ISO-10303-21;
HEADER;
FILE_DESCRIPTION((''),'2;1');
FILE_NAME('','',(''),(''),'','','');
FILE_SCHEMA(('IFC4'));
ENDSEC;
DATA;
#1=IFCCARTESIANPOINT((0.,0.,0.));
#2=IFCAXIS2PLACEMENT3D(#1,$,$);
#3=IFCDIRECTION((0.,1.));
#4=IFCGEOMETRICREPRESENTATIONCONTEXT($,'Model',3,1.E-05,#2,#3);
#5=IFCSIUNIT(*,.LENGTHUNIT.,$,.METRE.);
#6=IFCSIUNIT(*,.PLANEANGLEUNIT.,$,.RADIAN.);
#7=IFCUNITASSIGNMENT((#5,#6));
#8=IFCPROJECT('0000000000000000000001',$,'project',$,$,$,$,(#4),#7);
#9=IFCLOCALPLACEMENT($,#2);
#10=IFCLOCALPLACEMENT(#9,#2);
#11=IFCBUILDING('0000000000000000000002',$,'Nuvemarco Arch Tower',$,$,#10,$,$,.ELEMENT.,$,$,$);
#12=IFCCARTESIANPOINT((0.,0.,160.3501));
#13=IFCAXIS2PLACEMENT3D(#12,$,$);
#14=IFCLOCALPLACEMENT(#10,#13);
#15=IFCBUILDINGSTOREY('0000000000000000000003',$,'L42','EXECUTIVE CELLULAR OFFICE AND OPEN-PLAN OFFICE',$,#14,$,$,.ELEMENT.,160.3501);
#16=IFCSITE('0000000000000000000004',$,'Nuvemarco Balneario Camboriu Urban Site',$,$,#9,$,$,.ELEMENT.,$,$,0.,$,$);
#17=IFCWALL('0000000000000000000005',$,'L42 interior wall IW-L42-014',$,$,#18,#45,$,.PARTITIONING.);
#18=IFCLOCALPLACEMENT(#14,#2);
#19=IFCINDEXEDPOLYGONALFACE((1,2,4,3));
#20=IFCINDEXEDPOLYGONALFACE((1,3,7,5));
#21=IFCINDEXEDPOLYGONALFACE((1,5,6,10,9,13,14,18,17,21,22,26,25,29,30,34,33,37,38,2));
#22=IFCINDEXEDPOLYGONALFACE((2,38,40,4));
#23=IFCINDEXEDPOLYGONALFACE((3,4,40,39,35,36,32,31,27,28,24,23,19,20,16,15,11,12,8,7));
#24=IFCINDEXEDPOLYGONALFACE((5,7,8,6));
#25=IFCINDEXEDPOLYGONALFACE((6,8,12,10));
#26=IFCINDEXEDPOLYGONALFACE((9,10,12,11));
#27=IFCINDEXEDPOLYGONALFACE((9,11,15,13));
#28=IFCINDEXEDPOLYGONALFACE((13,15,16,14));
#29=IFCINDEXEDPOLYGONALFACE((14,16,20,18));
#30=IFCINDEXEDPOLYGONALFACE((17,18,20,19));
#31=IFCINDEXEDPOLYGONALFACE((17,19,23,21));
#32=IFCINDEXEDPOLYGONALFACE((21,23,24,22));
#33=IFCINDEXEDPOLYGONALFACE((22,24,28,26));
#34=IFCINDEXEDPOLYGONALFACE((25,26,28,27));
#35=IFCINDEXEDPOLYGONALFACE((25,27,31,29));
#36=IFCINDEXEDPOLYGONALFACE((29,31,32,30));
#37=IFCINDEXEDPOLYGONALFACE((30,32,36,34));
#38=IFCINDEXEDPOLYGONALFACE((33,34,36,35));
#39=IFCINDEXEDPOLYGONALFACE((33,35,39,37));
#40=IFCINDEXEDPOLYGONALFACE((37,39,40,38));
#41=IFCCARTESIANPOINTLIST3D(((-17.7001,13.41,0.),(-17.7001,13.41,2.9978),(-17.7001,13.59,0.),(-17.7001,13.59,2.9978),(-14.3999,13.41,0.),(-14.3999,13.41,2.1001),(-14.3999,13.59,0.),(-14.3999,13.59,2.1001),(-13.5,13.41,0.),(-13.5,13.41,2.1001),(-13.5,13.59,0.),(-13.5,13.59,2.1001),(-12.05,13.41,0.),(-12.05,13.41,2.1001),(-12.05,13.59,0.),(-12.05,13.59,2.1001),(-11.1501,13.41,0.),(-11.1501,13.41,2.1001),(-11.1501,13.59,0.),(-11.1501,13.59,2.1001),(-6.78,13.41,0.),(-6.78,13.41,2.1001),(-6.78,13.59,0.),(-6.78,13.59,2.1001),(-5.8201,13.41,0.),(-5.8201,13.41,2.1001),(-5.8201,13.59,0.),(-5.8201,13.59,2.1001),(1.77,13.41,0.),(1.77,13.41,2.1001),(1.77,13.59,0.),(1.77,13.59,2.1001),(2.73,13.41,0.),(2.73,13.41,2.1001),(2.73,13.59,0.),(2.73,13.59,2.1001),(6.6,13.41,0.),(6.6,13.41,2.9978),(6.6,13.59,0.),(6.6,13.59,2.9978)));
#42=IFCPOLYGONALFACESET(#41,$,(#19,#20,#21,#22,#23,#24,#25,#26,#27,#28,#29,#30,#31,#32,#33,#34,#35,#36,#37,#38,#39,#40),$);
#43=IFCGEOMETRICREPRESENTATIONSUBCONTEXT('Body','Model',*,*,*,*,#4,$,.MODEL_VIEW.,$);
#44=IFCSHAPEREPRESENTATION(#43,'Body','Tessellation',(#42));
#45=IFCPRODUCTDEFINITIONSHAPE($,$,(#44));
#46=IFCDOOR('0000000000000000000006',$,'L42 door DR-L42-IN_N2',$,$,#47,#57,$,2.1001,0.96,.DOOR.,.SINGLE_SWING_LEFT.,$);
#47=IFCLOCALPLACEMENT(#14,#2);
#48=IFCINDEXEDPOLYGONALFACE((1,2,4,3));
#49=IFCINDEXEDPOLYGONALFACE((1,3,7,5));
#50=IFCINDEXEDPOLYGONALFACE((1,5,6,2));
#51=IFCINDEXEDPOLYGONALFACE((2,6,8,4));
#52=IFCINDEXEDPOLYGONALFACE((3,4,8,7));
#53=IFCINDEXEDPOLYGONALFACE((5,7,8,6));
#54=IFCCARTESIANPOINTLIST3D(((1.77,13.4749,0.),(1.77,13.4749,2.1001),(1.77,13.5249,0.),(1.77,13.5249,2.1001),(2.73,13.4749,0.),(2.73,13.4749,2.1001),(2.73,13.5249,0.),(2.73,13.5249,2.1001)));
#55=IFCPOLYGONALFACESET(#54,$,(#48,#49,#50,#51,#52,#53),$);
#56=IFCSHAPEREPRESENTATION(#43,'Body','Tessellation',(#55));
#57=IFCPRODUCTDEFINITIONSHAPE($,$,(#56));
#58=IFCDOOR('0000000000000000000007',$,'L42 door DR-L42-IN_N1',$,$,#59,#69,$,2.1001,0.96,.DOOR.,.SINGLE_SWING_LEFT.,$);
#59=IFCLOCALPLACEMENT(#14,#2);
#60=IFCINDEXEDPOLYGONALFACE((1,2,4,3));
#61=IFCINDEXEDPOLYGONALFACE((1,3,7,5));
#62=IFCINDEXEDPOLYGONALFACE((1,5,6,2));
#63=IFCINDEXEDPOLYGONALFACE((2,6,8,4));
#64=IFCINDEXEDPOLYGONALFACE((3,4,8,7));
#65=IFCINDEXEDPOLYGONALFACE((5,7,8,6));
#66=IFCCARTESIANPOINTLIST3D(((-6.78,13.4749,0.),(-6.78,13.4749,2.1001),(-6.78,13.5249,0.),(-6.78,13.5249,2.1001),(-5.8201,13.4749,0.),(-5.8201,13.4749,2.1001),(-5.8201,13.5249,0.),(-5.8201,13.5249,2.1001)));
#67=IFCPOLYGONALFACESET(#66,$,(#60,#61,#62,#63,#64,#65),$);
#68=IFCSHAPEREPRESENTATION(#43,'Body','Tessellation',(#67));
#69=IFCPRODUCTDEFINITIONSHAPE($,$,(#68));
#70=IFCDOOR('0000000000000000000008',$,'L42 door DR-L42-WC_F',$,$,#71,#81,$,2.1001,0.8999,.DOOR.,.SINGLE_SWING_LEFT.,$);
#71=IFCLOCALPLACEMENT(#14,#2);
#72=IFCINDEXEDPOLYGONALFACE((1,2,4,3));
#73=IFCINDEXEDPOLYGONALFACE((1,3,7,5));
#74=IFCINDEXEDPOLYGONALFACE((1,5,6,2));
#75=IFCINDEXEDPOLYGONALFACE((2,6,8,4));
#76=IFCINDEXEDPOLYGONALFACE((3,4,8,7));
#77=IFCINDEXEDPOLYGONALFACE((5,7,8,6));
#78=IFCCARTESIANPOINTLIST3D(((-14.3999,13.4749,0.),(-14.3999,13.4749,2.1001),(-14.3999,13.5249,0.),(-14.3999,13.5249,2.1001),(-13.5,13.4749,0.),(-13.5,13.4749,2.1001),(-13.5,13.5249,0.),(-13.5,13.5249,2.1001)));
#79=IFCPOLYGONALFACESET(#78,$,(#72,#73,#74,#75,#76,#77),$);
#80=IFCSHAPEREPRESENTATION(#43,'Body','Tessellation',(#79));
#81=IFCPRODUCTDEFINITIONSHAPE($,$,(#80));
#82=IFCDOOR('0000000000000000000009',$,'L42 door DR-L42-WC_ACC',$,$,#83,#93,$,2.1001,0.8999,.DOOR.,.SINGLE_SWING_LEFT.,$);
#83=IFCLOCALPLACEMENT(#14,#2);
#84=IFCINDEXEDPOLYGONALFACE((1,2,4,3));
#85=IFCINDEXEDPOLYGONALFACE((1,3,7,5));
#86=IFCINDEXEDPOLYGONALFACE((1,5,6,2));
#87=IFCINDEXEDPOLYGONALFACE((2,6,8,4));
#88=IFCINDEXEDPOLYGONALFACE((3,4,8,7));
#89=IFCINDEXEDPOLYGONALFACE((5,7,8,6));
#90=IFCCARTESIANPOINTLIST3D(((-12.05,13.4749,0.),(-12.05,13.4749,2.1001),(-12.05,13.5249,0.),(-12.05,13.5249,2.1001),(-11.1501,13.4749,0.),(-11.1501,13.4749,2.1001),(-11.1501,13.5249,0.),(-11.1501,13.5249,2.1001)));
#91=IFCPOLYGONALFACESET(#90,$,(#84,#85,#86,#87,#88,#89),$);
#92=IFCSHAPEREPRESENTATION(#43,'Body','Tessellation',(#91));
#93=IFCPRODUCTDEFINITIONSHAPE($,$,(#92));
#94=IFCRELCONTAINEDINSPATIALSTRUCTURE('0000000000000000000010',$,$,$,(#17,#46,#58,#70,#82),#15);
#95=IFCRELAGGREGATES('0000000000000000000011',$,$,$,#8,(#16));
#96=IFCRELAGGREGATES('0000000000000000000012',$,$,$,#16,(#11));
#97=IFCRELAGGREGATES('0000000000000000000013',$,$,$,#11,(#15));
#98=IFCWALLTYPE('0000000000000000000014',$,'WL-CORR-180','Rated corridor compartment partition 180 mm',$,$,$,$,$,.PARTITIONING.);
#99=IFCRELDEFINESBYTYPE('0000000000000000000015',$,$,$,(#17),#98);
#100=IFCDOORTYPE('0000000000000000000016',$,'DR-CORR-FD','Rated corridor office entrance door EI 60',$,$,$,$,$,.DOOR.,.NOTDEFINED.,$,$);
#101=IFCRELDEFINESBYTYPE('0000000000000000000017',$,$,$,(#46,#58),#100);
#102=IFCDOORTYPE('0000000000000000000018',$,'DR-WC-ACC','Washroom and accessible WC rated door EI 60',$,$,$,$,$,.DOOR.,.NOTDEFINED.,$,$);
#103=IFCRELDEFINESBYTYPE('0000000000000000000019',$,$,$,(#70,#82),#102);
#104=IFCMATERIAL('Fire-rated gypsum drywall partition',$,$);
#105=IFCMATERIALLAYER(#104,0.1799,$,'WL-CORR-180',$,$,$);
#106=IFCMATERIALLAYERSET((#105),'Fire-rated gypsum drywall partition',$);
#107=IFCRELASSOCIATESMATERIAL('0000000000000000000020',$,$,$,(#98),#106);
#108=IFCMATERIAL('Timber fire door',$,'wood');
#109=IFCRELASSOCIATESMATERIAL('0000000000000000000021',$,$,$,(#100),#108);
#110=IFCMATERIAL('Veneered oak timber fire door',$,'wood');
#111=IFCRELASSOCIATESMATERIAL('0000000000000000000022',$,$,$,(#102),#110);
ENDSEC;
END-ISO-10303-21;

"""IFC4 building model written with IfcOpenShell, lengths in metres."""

from ifc_helpers import new_model, si_unit, direction, frame, frame_2d, origin, place, context, subcontext, project, spatial, rectangle, extrude, source, transform, mapped, material, layer, layer_set, type_object, type_shapes, element, fill, save


model = new_model("IFC4")

# Units and contexts
model_context = context("Model", 3, precision=1e-05, world=origin(), true_north=direction((0.0, 1.0)))
body_context = subcontext(model_context, "Body", "Model", "MODEL_VIEW")
ifc_project = project(units=[si_unit("LENGTHUNIT", "METRE"), si_unit("PLANEANGLEUNIT", "RADIAN")], contexts=[model_context])

# Site, building, storey
site_placement = place(None, origin())
site = spatial("IfcSite", under=ifc_project, at=site_placement, Name="Nuvemarco Balneario Camboriu Urban Site", CompositionType="ELEMENT", RefElevation=0.0)
building_placement = place(site_placement, origin())
building = spatial("IfcBuilding", under=site, at=building_placement, Name="Nuvemarco Arch Tower", CompositionType="ELEMENT")
storey_placement = place(building_placement, frame((0.0, 0.0, 160.3501)))
storey = spatial("IfcBuildingStorey", under=building, at=storey_placement, Name="L42", Description="EXECUTIVE CELLULAR OFFICE AND OPEN-PLAN OFFICE", CompositionType="ELEMENT", Elevation=160.3501)

# Wall, openings, doors
ifc_material_1 = material(Name="Fire-rated gypsum drywall partition")
ifc_layer_1 = layer(ifc_material_1, 0.1799, Name="WL-CORR-180")
ifc_layer_set_1 = layer_set([ifc_layer_1], Name="Fire-rated gypsum drywall partition")
wall_type_1 = type_object("IfcWallType", Name="WL-CORR-180", Description="Rated corridor compartment partition 180 mm", PredefinedType="PARTITIONING", material=ifc_layer_set_1)
wall_1_placement = place(storey_placement, frame((-17.7, 13.5, 0.0), z_axis=(0.0, 0.0, 1.0), x_axis=(1.0, 0.0, 0.0)))
wall_1 = element("IfcWall", 1, at=wall_1_placement, inside=storey, type_object=wall_type_1, Name="L42 interior wall IW-L42-014", PredefinedType="PARTITIONING", context=body_context, shape_type="SweptSolid", body=[
    extrude(rectangle(XDim=24.3, YDim=0.1799, at=frame_2d((12.1499, 0.0))), origin(), (0.0, 0.0, 1.0), 2.9978),
])
opening_1_placement = place(wall_1_placement, frame((19.47, 0.0, 0.0)))
opening_1 = element("IfcOpeningElement", 2, at=opening_1_placement, cuts=wall_1, PredefinedType="OPENING", context=body_context, shape_type="SweptSolid", body=[
    extrude(rectangle(XDim=0.96, YDim=2.1001, at=frame_2d((0.48, 1.05))), frame((0.0, 0.0999, 0.0), z_axis=(0.0, -1.0, 0.0), x_axis=(1.0, 0.0, 0.0)), (0.0, 0.0, 1.0), 0.2),
])
opening_2_placement = place(wall_1_placement, frame((10.9199, 0.0, 0.0)))
opening_2 = element("IfcOpeningElement", 3, at=opening_2_placement, cuts=wall_1, PredefinedType="OPENING", context=body_context, shape_type="SweptSolid", body=[
    extrude(rectangle(XDim=0.96, YDim=2.1001, at=frame_2d((0.48, 1.05))), frame((0.0, 0.0999, 0.0), z_axis=(0.0, -1.0, 0.0), x_axis=(1.0, 0.0, 0.0)), (0.0, 0.0, 1.0), 0.2),
])
opening_3_placement = place(wall_1_placement, frame((3.3, 0.0, 0.0)))
opening_3 = element("IfcOpeningElement", 4, at=opening_3_placement, cuts=wall_1, PredefinedType="OPENING", context=body_context, shape_type="SweptSolid", body=[
    extrude(rectangle(XDim=0.8999, YDim=2.1001, at=frame_2d((0.45, 1.05))), frame((0.0, 0.0999, 0.0), z_axis=(0.0, -1.0, 0.0), x_axis=(1.0, 0.0, 0.0)), (0.0, 0.0, 1.0), 0.2),
])
opening_4_placement = place(wall_1_placement, frame((5.6499, 0.0, 0.0)))
opening_4 = element("IfcOpeningElement", 5, at=opening_4_placement, cuts=wall_1, PredefinedType="OPENING", context=body_context, shape_type="SweptSolid", body=[
    extrude(rectangle(XDim=0.8999, YDim=2.1001, at=frame_2d((0.45, 1.05))), frame((0.0, 0.0999, 0.0), z_axis=(0.0, -1.0, 0.0), x_axis=(1.0, 0.0, 0.0)), (0.0, 0.0, 1.0), 0.2),
])
ifc_material_2 = material(Name="Timber fire door", Category="wood")
door_type_1 = type_object("IfcDoorType", Name="DR-CORR-FD", Description="Rated corridor office entrance door EI 60", OperationType="NOTDEFINED", PredefinedType="DOOR", material=ifc_material_2)
shared_shape_1 = source(origin(), body_context, "Body", "SweptSolid", [
    extrude(rectangle(XDim=0.96, YDim=2.1001, at=frame_2d((0.48, 1.05))), frame((0.0, 0.0249, 0.0), z_axis=(0.0, -1.0, 0.0), x_axis=(1.0, 0.0, 0.0)), (0.0, 0.0, 1.0), 0.05),
])
type_shapes(door_type_1, [shared_shape_1])
door_1_placement = place(opening_1_placement, origin())
door_1 = element("IfcDoor", 6, at=door_1_placement, inside=storey, type_object=door_type_1, Name="L42 door DR-L42-IN_N2", OperationType="SINGLE_SWING_LEFT", OverallHeight=2.1001, OverallWidth=0.96, PredefinedType="DOOR", context=body_context, shape_type="MappedRepresentation", body=[
    mapped(shared_shape_1, transform((0.0, 0.0, 0.0), scale=1.0)),
])
fill(opening_1, door_1)
door_2_placement = place(opening_2_placement, origin())
door_2 = element("IfcDoor", 7, at=door_2_placement, inside=storey, type_object=door_type_1, Name="L42 door DR-L42-IN_N1", OperationType="SINGLE_SWING_LEFT", OverallHeight=2.1001, OverallWidth=0.96, PredefinedType="DOOR", context=body_context, shape_type="MappedRepresentation", body=[
    mapped(shared_shape_1, transform((0.0, 0.0, 0.0), scale=1.0)),
])
fill(opening_2, door_2)
ifc_material_3 = material(Name="Veneered oak timber fire door", Category="wood")
door_type_2 = type_object("IfcDoorType", Name="DR-WC-ACC", Description="Washroom and accessible WC rated door EI 60", OperationType="NOTDEFINED", PredefinedType="DOOR", material=ifc_material_3)
shared_shape_2 = source(origin(), body_context, "Body", "SweptSolid", [
    extrude(rectangle(XDim=0.8999, YDim=2.1001, at=frame_2d((0.45, 1.05))), frame((0.0, 0.0249, 0.0), z_axis=(0.0, -1.0, 0.0), x_axis=(1.0, 0.0, 0.0)), (0.0, 0.0, 1.0), 0.05),
])
type_shapes(door_type_2, [shared_shape_2])
door_3_placement = place(opening_3_placement, origin())
door_3 = element("IfcDoor", 8, at=door_3_placement, inside=storey, type_object=door_type_2, Name="L42 door DR-L42-WC_F", OperationType="SINGLE_SWING_LEFT", OverallHeight=2.1001, OverallWidth=0.8999, PredefinedType="DOOR", context=body_context, shape_type="MappedRepresentation", body=[
    mapped(shared_shape_2, transform((0.0, 0.0, 0.0), scale=1.0)),
])
fill(opening_3, door_3)
door_4_placement = place(opening_4_placement, origin())
door_4 = element("IfcDoor", 9, at=door_4_placement, inside=storey, type_object=door_type_2, Name="L42 door DR-L42-WC_ACC", OperationType="SINGLE_SWING_LEFT", OverallHeight=2.1001, OverallWidth=0.8999, PredefinedType="DOOR", context=body_context, shape_type="MappedRepresentation", body=[
    mapped(shared_shape_2, transform((0.0, 0.0, 0.0), scale=1.0)),
])
fill(opening_4, door_4)

save(model, "model.ifc")
